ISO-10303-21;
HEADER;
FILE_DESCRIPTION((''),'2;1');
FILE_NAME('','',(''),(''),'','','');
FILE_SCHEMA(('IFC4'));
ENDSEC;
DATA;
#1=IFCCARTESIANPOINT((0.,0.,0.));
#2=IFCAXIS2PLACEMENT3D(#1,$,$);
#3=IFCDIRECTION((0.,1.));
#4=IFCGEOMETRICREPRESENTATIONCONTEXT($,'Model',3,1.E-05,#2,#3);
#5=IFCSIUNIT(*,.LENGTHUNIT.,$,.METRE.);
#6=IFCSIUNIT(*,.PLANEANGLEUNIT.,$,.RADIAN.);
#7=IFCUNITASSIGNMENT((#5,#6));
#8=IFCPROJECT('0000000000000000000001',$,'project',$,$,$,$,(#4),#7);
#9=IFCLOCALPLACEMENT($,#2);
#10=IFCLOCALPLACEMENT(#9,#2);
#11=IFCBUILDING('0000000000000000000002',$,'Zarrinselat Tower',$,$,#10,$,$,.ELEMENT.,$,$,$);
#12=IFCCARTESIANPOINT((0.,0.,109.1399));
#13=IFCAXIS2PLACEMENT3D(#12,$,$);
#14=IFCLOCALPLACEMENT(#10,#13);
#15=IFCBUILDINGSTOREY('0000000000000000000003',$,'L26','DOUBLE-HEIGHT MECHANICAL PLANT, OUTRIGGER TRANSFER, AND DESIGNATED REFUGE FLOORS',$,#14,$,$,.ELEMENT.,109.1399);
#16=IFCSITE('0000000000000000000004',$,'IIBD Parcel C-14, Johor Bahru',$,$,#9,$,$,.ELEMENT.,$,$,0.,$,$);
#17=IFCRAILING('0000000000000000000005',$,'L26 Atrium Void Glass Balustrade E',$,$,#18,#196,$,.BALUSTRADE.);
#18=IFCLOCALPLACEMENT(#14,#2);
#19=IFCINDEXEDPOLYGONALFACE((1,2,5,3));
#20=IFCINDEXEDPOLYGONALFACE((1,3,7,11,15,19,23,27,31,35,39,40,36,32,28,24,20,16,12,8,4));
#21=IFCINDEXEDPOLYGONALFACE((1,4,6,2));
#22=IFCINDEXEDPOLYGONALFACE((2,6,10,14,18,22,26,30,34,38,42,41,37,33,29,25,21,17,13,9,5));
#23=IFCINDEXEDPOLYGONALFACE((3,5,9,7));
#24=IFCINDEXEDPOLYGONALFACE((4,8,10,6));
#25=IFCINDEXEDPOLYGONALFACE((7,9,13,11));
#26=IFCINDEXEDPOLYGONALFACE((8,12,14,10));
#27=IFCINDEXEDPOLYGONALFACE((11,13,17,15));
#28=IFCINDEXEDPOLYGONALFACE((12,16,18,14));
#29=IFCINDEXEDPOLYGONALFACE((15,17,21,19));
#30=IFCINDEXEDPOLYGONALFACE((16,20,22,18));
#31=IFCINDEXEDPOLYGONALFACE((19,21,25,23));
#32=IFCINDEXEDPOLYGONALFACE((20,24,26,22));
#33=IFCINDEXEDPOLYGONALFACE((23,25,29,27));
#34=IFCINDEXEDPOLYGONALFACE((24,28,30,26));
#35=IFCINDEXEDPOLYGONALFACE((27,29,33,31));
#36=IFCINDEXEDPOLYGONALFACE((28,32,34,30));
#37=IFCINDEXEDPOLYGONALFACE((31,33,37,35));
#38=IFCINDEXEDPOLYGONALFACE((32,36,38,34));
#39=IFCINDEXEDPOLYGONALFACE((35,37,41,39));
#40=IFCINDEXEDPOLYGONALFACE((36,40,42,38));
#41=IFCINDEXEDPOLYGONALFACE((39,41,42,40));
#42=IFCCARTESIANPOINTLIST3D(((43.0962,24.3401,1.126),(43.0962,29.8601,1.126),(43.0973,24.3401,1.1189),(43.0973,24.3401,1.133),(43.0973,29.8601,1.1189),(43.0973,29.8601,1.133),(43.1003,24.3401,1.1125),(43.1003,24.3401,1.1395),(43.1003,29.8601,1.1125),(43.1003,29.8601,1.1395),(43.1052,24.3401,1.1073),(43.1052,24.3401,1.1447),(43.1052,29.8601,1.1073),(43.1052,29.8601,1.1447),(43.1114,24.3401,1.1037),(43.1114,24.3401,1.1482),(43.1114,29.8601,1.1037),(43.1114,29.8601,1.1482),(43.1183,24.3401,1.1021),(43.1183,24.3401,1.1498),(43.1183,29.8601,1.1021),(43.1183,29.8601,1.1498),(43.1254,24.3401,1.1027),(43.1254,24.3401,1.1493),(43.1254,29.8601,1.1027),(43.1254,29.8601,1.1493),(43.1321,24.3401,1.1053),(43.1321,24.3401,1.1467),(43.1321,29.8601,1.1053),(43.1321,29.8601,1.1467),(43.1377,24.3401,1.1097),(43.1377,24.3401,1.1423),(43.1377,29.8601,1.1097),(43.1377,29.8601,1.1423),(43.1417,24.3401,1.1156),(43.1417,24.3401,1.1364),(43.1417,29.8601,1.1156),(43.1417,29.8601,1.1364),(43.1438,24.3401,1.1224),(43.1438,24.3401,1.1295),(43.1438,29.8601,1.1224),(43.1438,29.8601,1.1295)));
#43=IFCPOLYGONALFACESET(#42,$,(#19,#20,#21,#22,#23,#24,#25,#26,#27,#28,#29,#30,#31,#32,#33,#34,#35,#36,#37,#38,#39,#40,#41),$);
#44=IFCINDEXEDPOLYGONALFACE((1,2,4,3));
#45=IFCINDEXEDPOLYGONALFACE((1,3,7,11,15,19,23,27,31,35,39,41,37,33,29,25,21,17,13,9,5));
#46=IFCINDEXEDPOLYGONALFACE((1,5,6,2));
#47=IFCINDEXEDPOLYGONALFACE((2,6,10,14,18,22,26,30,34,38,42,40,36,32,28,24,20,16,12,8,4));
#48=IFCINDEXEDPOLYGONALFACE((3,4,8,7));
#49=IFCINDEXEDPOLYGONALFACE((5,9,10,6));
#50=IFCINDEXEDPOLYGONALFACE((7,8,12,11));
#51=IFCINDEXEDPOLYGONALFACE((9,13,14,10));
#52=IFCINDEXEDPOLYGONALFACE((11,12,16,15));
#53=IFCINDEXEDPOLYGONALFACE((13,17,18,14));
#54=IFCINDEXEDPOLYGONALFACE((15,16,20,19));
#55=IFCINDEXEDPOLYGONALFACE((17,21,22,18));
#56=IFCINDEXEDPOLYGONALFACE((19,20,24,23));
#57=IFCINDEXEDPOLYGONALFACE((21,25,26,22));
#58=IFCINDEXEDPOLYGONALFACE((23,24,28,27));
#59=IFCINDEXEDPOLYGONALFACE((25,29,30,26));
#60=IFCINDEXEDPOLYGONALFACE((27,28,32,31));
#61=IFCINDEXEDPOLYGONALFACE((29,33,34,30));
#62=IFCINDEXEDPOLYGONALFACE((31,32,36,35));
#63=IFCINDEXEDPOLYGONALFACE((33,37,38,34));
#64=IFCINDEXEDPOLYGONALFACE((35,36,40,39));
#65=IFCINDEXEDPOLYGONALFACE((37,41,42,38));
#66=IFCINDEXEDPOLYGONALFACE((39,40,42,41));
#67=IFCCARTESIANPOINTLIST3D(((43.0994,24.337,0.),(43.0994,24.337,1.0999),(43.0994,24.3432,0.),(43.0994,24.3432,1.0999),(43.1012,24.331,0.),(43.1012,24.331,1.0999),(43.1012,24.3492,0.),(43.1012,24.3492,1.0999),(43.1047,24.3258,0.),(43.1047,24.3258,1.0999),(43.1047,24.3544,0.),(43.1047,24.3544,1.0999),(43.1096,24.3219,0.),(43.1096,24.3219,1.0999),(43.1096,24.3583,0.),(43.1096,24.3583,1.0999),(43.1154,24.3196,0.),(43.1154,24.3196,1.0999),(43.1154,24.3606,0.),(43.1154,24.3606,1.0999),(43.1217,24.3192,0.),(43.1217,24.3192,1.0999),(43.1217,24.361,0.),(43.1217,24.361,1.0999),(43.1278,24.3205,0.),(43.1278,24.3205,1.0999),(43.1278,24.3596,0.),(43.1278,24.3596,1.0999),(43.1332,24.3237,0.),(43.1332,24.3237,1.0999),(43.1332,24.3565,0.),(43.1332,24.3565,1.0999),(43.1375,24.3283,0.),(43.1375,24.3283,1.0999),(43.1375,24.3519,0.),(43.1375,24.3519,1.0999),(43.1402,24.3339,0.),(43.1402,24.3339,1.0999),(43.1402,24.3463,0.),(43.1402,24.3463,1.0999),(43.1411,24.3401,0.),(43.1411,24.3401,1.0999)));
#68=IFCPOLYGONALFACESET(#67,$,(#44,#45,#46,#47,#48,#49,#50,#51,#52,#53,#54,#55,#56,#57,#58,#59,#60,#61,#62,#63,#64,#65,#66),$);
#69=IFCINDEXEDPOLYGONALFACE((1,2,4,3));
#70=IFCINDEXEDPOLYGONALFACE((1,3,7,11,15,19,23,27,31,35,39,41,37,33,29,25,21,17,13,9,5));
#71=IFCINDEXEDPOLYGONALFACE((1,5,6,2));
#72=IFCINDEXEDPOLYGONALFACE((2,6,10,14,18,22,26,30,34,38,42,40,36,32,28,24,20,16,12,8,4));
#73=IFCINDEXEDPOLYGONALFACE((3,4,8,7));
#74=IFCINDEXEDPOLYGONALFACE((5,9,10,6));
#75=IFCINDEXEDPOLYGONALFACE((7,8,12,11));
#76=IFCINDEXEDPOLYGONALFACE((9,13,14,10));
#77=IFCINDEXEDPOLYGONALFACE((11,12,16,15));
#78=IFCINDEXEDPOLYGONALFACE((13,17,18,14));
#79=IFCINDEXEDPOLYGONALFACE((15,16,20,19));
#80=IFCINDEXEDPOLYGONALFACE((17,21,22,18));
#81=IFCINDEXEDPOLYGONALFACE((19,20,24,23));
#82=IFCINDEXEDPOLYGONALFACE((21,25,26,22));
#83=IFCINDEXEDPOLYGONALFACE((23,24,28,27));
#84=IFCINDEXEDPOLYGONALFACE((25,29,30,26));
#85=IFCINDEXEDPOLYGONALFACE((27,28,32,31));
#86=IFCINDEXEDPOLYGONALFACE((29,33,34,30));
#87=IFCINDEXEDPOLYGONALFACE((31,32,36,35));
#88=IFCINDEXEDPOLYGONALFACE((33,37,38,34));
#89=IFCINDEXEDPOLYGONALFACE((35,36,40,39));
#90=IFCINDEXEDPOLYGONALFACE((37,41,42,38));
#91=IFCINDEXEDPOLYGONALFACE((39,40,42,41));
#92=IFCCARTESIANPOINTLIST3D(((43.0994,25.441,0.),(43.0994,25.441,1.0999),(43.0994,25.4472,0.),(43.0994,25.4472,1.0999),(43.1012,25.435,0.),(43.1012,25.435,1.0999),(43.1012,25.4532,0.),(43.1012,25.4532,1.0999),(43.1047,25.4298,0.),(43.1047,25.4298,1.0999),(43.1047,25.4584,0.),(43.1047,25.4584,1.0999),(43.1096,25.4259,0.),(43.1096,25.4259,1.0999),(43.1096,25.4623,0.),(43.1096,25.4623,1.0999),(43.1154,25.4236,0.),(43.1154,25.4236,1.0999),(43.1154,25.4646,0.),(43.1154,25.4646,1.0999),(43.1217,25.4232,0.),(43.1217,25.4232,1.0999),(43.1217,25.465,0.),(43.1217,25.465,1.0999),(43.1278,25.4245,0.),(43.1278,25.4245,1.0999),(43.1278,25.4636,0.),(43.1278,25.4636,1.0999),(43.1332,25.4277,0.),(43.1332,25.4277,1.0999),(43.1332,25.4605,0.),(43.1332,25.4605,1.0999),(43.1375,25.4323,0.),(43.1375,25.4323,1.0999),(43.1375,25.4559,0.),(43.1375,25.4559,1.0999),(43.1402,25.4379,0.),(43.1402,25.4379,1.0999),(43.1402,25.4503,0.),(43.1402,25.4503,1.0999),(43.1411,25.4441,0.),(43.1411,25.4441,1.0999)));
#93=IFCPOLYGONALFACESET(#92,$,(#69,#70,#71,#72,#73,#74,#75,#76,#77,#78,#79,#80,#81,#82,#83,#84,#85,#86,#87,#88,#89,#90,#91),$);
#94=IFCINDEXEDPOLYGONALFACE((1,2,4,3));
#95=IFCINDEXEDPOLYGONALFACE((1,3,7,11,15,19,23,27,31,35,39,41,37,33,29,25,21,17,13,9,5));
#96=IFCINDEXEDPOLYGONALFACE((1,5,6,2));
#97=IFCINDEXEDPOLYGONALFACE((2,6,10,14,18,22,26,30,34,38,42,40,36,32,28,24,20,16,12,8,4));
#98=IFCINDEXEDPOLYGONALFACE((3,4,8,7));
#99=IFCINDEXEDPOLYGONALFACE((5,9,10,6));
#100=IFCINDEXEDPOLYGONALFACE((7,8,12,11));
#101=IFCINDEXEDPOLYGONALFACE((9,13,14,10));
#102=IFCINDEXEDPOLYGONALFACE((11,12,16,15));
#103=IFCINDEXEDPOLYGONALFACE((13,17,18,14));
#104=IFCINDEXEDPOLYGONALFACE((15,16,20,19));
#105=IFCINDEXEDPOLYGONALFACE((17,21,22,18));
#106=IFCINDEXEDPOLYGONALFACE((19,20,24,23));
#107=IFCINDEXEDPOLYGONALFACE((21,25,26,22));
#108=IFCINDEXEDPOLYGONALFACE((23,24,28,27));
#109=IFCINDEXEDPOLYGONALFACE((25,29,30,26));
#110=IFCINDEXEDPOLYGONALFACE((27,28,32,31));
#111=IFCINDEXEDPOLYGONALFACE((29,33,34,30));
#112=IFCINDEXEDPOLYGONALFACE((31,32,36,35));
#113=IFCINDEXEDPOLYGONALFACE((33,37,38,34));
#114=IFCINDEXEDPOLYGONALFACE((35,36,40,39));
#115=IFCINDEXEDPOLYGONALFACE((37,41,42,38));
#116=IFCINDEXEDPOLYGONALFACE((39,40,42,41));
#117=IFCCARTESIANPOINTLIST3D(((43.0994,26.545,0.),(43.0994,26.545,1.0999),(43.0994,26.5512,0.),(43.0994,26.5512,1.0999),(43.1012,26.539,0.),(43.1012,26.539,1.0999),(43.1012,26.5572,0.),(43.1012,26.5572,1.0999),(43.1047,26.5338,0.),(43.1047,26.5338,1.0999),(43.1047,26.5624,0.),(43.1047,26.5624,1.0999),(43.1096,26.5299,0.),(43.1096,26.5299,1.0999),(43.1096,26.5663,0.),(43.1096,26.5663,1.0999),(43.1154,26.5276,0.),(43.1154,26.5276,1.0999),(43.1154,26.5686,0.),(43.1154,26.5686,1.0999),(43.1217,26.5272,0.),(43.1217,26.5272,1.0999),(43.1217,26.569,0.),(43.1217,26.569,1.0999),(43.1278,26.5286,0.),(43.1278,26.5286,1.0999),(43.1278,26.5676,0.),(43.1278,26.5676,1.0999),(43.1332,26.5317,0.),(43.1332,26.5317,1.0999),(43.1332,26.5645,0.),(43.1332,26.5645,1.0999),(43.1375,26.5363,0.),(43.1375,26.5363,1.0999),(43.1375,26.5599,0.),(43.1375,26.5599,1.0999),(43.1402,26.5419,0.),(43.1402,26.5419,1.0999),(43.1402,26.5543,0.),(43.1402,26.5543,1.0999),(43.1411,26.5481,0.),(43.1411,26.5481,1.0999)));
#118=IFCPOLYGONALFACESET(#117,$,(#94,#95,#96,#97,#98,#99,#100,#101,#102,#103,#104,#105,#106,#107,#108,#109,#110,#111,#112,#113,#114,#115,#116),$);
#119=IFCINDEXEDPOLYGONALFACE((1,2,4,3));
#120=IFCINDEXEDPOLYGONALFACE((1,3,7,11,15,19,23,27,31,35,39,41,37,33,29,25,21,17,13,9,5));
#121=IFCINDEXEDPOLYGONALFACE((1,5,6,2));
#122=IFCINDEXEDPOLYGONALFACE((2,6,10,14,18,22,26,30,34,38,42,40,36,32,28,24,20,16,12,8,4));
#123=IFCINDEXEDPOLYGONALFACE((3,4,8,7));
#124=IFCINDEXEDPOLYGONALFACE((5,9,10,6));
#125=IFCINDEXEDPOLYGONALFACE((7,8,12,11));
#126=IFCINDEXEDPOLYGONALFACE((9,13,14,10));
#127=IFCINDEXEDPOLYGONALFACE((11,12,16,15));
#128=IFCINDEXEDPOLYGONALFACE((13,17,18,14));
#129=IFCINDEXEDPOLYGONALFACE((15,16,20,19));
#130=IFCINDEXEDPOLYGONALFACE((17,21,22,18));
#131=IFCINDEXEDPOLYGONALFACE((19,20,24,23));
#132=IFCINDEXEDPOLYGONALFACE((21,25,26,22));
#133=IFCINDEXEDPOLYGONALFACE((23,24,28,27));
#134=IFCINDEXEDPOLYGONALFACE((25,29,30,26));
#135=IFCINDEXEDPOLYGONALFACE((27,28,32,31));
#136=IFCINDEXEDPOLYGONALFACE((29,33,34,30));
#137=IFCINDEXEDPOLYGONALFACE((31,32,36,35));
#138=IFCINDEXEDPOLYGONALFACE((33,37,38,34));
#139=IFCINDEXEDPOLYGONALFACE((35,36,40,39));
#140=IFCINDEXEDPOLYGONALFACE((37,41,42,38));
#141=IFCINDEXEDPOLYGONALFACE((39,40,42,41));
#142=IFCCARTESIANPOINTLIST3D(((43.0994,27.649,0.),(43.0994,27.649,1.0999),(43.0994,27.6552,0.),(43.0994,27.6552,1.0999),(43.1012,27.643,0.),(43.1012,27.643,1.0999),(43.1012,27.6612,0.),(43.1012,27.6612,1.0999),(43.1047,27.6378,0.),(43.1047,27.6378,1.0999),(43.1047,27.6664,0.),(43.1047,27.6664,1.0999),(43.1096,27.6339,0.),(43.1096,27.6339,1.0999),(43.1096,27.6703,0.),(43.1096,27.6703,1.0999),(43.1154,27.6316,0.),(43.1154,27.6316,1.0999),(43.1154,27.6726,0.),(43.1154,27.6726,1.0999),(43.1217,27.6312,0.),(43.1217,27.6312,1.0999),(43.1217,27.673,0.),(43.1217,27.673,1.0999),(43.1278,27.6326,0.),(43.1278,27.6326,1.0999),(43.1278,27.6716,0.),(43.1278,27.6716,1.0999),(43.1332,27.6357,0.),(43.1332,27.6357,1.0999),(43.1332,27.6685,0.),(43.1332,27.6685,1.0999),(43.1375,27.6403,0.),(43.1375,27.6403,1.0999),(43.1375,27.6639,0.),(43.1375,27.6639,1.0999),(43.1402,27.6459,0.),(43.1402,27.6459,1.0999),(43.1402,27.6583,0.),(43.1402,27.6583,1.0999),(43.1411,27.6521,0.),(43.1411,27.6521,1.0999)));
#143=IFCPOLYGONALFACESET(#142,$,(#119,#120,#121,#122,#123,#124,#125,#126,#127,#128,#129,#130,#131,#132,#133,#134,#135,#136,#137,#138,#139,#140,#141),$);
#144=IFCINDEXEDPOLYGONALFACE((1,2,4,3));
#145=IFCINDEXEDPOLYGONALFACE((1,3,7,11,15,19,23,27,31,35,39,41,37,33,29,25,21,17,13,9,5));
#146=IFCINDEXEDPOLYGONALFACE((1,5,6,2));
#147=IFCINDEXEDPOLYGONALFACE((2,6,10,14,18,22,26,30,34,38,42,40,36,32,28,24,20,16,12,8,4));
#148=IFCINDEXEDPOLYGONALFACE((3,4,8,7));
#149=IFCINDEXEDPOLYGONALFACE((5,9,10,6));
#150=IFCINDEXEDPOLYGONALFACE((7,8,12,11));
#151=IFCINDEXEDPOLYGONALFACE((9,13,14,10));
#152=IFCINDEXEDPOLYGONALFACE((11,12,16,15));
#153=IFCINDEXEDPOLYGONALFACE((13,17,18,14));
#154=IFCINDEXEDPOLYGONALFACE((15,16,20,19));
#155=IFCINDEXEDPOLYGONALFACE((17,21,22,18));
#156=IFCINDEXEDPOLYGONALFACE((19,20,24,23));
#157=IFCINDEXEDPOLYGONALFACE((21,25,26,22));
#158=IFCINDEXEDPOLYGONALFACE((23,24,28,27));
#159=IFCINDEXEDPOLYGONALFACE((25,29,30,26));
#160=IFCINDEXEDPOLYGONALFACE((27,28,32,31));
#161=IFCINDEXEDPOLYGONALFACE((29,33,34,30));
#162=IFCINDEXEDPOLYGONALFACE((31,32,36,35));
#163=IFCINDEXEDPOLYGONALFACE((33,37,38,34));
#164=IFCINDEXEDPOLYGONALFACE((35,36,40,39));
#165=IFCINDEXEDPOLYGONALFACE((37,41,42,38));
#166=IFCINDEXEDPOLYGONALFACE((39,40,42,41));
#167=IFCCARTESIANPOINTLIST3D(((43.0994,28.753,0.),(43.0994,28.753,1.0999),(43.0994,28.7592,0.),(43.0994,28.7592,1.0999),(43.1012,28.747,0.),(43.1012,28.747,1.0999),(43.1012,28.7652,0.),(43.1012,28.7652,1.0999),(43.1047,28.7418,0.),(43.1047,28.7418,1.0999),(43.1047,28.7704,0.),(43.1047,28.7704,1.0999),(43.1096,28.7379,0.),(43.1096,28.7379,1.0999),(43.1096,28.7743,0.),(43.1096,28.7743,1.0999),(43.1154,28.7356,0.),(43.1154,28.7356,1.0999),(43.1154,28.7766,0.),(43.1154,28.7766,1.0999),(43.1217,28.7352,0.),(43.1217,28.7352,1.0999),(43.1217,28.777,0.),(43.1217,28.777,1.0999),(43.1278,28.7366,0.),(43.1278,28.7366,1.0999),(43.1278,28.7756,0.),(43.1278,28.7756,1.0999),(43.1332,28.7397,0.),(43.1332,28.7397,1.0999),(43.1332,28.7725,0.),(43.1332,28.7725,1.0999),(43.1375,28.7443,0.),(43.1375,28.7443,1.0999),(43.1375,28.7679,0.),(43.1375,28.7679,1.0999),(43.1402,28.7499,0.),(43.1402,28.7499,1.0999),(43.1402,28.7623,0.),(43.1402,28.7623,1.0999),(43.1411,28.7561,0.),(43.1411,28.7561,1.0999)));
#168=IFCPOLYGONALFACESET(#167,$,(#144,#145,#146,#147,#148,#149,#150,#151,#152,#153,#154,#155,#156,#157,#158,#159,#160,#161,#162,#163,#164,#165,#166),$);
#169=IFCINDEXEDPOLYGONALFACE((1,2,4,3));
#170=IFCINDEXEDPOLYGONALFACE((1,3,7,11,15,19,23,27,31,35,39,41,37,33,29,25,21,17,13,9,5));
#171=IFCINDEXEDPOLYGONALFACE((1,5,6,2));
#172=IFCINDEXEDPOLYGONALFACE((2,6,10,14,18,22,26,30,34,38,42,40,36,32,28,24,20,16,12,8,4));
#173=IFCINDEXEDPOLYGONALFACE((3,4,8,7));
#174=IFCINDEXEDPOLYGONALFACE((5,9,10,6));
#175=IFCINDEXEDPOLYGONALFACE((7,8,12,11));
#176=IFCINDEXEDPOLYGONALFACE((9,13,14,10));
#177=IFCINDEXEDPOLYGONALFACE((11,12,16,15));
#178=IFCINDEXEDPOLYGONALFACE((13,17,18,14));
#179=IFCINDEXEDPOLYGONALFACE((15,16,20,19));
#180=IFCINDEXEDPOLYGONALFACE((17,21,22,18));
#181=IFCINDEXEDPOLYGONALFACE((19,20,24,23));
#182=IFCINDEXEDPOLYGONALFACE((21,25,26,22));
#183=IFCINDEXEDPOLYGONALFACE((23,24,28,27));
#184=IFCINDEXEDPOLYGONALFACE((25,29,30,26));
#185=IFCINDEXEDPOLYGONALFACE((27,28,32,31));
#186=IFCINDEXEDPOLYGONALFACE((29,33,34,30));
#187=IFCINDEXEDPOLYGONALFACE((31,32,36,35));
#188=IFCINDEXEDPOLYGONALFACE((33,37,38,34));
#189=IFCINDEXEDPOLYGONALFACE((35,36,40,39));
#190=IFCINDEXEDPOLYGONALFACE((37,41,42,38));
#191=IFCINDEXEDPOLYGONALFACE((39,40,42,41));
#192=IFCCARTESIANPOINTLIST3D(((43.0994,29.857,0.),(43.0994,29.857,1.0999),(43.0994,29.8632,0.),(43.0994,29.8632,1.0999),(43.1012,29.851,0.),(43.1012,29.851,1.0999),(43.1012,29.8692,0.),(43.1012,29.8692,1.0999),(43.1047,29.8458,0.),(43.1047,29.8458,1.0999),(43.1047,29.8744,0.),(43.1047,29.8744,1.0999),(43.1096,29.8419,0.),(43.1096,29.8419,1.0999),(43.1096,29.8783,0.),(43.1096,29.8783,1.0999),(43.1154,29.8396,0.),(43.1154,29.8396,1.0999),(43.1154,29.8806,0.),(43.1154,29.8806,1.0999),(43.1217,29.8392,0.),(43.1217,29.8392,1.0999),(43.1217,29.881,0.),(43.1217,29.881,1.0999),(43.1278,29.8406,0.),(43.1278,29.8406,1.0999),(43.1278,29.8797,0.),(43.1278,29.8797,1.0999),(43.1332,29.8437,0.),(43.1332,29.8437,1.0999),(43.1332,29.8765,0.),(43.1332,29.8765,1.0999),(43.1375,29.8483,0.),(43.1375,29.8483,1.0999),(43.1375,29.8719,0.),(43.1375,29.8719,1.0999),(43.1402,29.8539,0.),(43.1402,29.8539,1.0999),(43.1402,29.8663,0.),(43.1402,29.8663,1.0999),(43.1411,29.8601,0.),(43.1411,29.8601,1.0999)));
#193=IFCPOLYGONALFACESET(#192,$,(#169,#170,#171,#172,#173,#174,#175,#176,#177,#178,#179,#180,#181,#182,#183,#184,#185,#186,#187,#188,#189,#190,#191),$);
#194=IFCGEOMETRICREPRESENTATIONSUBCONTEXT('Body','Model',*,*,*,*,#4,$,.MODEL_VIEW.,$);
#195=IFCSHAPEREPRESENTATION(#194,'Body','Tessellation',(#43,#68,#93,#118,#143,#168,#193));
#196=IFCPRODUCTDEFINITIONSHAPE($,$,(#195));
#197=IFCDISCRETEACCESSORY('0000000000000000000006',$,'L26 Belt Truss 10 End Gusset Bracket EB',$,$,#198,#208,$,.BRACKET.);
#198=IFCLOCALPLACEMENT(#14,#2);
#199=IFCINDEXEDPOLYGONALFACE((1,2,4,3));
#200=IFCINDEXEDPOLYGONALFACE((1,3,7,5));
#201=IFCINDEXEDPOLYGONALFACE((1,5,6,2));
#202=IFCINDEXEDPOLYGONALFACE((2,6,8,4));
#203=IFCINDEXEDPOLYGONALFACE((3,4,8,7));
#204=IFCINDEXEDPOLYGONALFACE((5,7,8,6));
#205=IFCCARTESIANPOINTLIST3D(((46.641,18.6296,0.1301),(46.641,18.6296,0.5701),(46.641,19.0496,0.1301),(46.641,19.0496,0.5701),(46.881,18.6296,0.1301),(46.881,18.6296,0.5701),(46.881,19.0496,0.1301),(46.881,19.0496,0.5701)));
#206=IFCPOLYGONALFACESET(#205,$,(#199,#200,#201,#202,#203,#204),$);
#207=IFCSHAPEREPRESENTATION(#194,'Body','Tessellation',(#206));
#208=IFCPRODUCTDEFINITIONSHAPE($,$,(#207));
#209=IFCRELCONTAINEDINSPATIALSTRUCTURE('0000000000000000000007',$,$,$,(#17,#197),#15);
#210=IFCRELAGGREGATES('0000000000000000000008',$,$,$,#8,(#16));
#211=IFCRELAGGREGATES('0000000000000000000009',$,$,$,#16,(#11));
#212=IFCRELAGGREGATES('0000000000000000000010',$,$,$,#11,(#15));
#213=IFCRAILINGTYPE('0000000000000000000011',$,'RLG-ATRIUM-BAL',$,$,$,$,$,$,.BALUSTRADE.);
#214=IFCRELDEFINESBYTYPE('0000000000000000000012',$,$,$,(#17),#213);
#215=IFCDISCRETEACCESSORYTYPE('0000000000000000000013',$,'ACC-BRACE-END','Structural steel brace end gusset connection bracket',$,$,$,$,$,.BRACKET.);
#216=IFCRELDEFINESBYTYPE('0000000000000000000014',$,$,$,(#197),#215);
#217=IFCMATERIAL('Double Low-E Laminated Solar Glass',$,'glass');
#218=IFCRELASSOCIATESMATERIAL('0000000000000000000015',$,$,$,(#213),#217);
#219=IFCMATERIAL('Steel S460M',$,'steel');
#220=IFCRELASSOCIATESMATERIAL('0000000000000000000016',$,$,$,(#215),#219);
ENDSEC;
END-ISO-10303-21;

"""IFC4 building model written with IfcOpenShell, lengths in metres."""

from ifc_helpers import new_model, si_unit, direction, frame, origin, origin_2d, place, context, subcontext, project, spatial, rectangle, circle, extrude, material, type_object, element, save


model = new_model("IFC4")

# Units and contexts
model_context = context("Model", 3, precision=1e-05, world=origin(), true_north=direction((0.0, 1.0)))
body_context = subcontext(model_context, "Body", "Model", "MODEL_VIEW")
ifc_project = project(units=[si_unit("LENGTHUNIT", "METRE"), si_unit("PLANEANGLEUNIT", "RADIAN")], contexts=[model_context])

# Site, building, storey
site_placement = place(None, origin())
site = spatial("IfcSite", under=ifc_project, at=site_placement, Name="IIBD Parcel C-14, Johor Bahru", CompositionType="ELEMENT", RefElevation=0.0)
building_placement = place(site_placement, origin())
building = spatial("IfcBuilding", under=site, at=building_placement, Name="Zarrinselat Tower", CompositionType="ELEMENT")
storey_placement = place(building_placement, frame((0.0, 0.0, 109.1399)))
storey = spatial("IfcBuildingStorey", under=building, at=storey_placement, Name="L26", Description="DOUBLE-HEIGHT MECHANICAL PLANT, OUTRIGGER TRANSFER, AND DESIGNATED REFUGE FLOORS", CompositionType="ELEMENT", Elevation=109.1399)

# Railing
ifc_material_1 = material(Name="Double Low-E Laminated Solar Glass", Category="glass")
railing_type = type_object("IfcRailingType", Name="RLG-ATRIUM-BAL", PredefinedType="BALUSTRADE", material=ifc_material_1)
railing_placement = place(storey_placement, frame((43.1201, 24.3401, 0.0)))
element("IfcRailing", 1, at=railing_placement, inside=storey, type_object=railing_type, Name="L26 Atrium Void Glass Balustrade E", PredefinedType="BALUSTRADE", context=body_context, shape_type="SweptSolid", body=[
    extrude(circle(Radius=0.0239, at=origin_2d()), frame((0.0, 0.0, 1.126), z_axis=(0.0, 1.0, 0.0), x_axis=(-1.0, 0.0, 0.0)), (0.0, 0.0, 1.0), 5.52),
    extrude(circle(Radius=0.021, at=origin_2d()), origin(), (0.0, 0.0, 1.0), 1.0999),
    extrude(circle(Radius=0.021, at=origin_2d()), frame((0.0, 1.104, 0.0)), (0.0, 0.0, 1.0), 1.0999),
    extrude(circle(Radius=0.021, at=origin_2d()), frame((0.0, 2.208, 0.0)), (0.0, 0.0, 1.0), 1.0999),
    extrude(circle(Radius=0.021, at=origin_2d()), frame((0.0, 3.312, 0.0)), (0.0, 0.0, 1.0), 1.0999),
    extrude(circle(Radius=0.021, at=origin_2d()), frame((0.0, 4.416, 0.0)), (0.0, 0.0, 1.0), 1.0999),
    extrude(circle(Radius=0.021, at=origin_2d()), frame((0.0, 5.52, 0.0)), (0.0, 0.0, 1.0), 1.0999),
])

# Discrete accessory
ifc_material_2 = material(Name="Steel S460M", Category="steel")
discrete_accessory_type = type_object("IfcDiscreteAccessoryType", Name="ACC-BRACE-END", Description="Structural steel brace end gusset connection bracket", PredefinedType="BRACKET", material=ifc_material_2)
discrete_accessory_1_placement = place(storey_placement, frame((46.761, 18.8396, 0.1301), z_axis=(0.0, 0.0, 1.0), x_axis=(1.0, 0.0, 0.0)))
element("IfcDiscreteAccessory", 2, at=discrete_accessory_1_placement, inside=storey, type_object=discrete_accessory_type, Name="L26 Belt Truss 10 End Gusset Bracket EB", PredefinedType="BRACKET", context=body_context, shape_type="SweptSolid", body=[
    extrude(rectangle(XDim=0.24, YDim=0.4199, at=origin_2d()), origin(), (0.0, 0.0, 1.0), 0.4399),
])

save(model, "model.ifc")
